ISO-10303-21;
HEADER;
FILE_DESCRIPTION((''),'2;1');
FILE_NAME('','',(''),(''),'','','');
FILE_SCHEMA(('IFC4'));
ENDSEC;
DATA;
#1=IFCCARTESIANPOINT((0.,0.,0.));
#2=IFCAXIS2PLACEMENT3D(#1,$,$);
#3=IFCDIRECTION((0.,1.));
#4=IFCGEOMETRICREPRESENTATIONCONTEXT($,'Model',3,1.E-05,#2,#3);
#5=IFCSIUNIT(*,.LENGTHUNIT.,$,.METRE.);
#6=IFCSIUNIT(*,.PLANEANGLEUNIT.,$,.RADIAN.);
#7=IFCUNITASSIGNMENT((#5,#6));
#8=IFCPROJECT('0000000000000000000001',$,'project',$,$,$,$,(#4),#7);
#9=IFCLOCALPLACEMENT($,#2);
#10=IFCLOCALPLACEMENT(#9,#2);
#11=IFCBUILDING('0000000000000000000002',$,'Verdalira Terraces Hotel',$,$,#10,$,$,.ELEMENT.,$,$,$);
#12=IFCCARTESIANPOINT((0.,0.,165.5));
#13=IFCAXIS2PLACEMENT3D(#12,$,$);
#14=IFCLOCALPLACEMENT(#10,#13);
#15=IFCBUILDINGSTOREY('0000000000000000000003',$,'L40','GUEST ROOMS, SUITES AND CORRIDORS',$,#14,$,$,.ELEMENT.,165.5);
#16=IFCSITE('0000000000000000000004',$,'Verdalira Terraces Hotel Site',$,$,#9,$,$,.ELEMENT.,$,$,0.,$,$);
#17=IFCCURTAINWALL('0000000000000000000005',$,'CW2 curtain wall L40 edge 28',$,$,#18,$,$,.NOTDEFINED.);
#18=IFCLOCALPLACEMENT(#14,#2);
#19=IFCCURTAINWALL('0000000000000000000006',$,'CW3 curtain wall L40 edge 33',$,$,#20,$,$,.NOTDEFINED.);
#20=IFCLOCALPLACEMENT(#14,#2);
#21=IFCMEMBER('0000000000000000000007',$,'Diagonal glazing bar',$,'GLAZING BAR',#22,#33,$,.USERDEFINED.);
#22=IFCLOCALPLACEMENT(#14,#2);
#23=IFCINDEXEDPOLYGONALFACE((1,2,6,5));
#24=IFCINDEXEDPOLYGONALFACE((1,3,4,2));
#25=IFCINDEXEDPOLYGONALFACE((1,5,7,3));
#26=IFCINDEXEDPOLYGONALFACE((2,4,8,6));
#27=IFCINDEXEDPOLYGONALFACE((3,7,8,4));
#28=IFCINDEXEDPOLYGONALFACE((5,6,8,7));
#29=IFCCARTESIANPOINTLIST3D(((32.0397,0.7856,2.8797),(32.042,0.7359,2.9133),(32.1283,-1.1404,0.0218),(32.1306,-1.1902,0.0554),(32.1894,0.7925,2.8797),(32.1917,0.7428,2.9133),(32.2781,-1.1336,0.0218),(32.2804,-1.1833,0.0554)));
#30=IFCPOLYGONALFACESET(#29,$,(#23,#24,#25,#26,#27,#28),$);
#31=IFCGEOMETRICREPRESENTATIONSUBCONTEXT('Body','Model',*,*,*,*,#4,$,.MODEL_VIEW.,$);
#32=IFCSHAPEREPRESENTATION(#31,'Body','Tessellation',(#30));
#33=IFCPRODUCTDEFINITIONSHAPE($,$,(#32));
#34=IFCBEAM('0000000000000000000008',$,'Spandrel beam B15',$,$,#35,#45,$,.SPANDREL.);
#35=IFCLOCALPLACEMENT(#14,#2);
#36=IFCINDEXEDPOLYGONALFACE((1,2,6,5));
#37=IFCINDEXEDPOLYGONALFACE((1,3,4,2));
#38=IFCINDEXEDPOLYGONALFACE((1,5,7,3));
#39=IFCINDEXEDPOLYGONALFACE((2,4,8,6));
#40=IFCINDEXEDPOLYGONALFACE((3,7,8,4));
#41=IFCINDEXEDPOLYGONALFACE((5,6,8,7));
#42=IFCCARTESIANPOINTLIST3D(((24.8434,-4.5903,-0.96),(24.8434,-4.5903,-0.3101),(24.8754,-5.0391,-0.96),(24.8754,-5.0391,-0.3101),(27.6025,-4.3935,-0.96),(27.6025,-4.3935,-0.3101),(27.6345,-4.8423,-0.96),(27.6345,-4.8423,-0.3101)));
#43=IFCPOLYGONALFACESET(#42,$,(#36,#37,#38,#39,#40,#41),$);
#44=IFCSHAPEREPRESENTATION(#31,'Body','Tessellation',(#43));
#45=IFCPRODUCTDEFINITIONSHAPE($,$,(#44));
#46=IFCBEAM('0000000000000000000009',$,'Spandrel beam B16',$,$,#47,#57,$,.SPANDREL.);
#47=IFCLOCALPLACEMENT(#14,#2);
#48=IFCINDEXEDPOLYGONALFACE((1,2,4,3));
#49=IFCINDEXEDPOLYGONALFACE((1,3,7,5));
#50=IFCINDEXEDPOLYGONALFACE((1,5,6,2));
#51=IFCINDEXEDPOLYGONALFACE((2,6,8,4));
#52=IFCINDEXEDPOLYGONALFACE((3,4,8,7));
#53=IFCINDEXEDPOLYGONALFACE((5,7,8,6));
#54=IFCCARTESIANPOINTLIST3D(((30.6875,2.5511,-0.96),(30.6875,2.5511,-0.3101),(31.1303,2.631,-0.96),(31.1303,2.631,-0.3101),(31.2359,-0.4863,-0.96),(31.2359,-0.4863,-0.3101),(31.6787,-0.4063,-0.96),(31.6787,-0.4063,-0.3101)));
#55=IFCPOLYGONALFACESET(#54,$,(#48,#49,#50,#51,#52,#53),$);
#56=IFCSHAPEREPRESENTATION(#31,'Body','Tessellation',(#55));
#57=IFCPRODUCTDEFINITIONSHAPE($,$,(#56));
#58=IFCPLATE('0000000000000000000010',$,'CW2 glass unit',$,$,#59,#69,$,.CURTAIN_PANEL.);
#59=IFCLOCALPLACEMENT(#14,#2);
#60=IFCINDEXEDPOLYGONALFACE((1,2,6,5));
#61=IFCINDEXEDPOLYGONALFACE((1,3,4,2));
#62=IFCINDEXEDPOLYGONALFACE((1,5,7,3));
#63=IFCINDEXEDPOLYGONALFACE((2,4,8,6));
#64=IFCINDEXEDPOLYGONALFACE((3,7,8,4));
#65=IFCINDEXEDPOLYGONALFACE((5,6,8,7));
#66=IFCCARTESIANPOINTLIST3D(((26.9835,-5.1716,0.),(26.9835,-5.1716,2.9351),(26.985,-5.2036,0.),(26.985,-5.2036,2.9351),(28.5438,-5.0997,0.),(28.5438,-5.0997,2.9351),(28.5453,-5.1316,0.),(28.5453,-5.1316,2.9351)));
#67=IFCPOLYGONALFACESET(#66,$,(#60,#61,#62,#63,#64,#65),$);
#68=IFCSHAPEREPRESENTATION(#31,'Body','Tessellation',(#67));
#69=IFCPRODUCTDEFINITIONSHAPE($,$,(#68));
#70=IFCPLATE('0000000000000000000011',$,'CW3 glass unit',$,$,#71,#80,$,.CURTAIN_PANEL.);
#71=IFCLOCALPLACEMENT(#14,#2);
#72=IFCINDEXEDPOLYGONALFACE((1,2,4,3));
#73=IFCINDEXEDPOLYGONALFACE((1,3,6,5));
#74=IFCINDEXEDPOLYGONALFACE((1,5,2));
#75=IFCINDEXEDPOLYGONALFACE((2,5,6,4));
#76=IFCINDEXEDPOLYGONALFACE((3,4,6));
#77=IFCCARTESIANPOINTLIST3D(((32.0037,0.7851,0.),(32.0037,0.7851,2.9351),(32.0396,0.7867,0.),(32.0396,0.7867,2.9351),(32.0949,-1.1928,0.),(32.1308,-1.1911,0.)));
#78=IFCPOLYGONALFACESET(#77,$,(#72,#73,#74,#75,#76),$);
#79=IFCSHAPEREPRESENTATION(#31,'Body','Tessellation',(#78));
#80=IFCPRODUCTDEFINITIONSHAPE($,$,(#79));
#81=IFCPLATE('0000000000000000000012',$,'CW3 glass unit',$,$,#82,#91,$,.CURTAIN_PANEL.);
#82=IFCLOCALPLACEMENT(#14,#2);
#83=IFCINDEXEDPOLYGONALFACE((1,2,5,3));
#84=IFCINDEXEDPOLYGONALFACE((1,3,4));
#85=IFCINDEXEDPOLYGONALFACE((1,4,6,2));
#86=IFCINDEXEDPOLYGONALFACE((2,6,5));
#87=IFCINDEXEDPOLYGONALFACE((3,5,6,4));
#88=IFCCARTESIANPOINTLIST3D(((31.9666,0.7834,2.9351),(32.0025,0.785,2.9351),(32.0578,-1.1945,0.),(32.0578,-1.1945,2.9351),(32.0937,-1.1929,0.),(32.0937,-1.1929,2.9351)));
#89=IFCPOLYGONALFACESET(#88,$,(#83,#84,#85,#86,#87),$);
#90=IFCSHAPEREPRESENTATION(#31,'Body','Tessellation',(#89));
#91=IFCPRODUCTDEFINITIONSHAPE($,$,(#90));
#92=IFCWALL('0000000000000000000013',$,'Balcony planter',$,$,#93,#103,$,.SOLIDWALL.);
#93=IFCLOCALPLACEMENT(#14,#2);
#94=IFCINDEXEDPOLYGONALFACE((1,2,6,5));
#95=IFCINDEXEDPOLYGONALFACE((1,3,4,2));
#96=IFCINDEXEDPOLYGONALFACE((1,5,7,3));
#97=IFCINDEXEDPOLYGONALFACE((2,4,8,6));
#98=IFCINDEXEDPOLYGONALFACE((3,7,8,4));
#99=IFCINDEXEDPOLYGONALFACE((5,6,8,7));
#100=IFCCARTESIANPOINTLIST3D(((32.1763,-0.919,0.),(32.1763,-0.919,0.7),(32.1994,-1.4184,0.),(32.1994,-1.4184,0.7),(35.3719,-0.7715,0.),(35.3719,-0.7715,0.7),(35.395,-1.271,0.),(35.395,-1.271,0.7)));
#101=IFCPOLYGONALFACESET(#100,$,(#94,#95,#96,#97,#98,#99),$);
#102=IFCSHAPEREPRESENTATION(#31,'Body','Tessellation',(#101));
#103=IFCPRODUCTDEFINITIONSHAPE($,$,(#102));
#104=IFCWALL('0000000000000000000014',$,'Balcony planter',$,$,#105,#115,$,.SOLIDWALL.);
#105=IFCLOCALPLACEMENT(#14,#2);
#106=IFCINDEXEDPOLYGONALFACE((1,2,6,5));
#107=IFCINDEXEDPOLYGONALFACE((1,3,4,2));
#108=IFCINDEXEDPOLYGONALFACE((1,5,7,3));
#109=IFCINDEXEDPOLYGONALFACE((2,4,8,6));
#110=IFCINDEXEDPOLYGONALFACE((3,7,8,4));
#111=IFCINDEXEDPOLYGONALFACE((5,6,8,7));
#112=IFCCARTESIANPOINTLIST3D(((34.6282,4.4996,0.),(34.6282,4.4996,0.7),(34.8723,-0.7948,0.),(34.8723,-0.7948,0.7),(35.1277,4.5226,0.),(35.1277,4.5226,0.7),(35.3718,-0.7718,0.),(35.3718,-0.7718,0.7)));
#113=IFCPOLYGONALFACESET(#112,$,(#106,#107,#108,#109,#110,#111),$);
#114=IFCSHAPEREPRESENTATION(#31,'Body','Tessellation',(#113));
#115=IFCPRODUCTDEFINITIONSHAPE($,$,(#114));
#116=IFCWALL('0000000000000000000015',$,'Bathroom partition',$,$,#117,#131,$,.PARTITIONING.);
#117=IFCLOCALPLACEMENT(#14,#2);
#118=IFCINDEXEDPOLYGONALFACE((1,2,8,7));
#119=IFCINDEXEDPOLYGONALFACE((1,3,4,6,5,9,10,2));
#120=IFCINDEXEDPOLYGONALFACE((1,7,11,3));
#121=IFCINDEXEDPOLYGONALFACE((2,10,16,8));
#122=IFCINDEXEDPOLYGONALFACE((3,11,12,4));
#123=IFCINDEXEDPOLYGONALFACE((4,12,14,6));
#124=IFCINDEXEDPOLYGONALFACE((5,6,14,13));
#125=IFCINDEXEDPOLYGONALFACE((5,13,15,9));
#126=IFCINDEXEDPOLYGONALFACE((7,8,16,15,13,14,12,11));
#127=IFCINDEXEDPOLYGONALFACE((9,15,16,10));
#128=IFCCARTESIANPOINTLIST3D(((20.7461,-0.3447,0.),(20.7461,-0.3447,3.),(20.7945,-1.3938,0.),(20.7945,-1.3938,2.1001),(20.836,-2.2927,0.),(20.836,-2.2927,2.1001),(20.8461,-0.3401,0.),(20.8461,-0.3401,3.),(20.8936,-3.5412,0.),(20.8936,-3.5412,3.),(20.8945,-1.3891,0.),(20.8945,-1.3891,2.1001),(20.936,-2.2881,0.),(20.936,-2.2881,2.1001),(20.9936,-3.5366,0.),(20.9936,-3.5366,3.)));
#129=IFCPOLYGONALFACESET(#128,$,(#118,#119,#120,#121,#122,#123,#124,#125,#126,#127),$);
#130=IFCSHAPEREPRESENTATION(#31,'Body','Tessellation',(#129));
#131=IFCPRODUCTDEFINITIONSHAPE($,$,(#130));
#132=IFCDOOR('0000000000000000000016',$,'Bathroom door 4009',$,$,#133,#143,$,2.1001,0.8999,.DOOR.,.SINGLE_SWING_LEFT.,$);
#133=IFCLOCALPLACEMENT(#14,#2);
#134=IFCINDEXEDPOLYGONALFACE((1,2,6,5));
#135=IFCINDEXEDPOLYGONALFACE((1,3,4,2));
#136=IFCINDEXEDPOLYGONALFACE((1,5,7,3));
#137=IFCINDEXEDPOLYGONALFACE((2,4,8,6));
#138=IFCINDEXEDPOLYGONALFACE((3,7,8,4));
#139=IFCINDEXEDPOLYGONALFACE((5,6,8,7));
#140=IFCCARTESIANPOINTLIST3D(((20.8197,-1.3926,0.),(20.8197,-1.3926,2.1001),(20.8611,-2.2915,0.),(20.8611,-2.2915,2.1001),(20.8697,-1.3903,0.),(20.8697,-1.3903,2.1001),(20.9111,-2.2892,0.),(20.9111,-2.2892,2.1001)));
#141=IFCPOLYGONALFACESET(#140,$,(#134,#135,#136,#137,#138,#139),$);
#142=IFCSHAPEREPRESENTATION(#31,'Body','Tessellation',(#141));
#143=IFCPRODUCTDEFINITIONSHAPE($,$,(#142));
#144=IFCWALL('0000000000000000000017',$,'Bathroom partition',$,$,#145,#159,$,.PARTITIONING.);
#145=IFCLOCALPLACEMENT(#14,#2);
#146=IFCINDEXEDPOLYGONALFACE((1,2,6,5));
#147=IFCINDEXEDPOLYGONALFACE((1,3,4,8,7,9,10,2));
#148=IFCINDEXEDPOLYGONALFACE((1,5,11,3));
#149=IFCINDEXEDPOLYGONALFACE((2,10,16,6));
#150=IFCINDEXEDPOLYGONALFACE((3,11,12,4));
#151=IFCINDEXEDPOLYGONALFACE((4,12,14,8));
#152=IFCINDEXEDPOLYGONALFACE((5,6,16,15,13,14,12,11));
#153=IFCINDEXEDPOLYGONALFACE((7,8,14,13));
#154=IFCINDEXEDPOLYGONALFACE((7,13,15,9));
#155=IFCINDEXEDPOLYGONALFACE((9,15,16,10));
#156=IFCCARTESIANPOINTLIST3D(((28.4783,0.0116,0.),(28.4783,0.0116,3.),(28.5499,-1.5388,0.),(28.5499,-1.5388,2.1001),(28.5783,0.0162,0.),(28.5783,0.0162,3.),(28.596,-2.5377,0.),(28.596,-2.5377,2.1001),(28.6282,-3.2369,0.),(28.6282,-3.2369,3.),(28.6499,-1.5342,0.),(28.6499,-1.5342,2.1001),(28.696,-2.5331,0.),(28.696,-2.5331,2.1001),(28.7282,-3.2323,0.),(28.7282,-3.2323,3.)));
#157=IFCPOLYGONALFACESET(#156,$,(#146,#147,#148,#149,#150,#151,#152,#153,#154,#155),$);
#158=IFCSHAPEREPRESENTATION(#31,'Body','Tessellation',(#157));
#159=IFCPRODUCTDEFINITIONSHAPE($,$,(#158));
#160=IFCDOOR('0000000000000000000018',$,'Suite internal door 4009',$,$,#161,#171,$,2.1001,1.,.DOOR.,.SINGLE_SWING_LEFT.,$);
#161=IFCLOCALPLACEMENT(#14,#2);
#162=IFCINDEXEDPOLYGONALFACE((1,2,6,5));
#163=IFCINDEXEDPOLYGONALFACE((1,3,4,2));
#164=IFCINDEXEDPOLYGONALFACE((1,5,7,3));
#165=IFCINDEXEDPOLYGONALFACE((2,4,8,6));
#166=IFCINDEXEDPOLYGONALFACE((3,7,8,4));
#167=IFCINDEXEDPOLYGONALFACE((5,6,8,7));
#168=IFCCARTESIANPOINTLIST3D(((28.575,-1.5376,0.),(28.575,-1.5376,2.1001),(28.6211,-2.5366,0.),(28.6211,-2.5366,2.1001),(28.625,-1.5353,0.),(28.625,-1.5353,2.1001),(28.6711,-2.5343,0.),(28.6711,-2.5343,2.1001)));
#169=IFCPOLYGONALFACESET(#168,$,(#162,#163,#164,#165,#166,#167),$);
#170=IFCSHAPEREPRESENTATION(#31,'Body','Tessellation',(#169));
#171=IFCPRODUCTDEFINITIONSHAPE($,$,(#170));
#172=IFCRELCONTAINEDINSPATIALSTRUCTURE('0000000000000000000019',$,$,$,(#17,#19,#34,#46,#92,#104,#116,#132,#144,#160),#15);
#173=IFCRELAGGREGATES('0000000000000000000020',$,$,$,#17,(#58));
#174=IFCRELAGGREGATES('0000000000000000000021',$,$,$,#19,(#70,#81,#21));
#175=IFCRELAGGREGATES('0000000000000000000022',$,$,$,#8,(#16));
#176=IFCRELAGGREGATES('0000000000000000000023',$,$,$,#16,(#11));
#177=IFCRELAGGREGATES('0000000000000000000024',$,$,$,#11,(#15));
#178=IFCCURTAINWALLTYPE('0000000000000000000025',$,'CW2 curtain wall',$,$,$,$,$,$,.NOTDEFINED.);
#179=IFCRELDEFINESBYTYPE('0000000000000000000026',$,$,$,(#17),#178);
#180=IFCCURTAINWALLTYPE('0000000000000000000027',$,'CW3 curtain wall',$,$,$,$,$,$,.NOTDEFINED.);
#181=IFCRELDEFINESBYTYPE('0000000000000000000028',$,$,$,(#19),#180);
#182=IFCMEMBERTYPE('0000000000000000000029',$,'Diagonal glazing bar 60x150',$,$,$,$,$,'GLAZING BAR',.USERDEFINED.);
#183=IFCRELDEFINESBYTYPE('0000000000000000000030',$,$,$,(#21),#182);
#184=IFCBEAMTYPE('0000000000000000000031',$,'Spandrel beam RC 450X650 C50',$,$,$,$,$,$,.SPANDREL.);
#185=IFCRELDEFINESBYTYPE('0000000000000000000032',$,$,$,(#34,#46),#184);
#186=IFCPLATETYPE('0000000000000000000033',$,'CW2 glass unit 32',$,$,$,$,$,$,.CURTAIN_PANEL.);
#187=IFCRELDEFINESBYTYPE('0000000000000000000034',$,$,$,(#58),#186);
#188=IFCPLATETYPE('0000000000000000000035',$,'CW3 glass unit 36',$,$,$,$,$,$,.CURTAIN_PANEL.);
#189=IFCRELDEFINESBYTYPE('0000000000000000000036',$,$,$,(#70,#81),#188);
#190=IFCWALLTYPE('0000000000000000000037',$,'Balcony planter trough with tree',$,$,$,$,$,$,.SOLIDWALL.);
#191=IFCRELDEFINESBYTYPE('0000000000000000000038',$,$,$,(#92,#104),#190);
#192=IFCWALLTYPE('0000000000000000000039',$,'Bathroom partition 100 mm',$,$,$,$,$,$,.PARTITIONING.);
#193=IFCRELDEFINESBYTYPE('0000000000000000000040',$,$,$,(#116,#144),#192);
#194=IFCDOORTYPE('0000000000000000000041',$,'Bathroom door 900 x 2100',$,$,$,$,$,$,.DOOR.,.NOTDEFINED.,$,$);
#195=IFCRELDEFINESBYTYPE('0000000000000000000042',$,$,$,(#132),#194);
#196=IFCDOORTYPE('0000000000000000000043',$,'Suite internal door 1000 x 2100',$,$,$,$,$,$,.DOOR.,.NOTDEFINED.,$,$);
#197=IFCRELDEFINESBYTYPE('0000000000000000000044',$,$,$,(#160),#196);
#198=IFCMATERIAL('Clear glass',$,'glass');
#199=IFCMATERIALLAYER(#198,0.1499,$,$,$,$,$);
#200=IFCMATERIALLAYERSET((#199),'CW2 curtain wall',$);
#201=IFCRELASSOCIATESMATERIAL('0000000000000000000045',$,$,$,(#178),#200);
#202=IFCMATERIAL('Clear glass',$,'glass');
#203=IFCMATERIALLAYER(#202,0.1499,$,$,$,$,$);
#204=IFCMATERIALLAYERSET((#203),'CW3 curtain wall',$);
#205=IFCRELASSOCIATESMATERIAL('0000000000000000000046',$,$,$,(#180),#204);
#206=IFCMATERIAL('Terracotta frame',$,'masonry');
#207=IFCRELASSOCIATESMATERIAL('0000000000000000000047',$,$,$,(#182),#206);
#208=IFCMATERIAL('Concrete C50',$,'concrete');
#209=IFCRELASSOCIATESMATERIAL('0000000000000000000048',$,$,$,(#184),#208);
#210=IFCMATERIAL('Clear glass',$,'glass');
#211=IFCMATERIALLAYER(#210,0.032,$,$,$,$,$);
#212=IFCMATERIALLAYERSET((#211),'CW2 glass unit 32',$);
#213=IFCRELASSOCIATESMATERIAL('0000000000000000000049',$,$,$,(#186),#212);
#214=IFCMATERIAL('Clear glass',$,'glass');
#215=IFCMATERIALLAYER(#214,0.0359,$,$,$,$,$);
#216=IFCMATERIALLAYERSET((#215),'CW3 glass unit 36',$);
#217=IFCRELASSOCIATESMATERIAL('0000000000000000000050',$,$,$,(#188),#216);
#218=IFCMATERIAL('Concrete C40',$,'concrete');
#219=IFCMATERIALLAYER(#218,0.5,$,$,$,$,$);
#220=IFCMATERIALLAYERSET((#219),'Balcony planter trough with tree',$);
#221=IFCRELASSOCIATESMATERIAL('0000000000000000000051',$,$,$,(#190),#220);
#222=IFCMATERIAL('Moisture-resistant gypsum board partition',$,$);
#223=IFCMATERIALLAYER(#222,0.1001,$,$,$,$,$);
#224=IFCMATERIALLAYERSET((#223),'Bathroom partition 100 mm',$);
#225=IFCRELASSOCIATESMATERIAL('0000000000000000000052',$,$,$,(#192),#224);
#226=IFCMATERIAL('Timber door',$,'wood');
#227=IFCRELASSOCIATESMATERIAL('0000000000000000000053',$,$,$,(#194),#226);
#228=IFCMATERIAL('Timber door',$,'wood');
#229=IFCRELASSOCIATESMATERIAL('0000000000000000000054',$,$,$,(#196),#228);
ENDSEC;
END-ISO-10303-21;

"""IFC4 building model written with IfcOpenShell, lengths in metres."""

from ifc_helpers import new_model, si_unit, direction, frame, frame_2d, origin, origin_2d, place, context, subcontext, project, spatial, polyline, rectangle, outline, extrude, material, layer, layer_set, material_profile, profile_set, type_object, element, fill, aggregate, save


model = new_model("IFC4")

# Units and contexts
model_context = context("Model", 3, precision=1e-05, world=origin(), true_north=direction((0.0, 1.0)))
body_context = subcontext(model_context, "Body", "Model", "MODEL_VIEW")
ifc_project = project(units=[si_unit("LENGTHUNIT", "METRE"), si_unit("PLANEANGLEUNIT", "RADIAN")], contexts=[model_context])

# Site, building, storey
site_placement = place(None, origin())
site = spatial("IfcSite", under=ifc_project, at=site_placement, Name="Verdalira Terraces Hotel Site", CompositionType="ELEMENT", RefElevation=0.0)
building_placement = place(site_placement, origin())
building = spatial("IfcBuilding", under=site, at=building_placement, Name="Verdalira Terraces Hotel", CompositionType="ELEMENT")
storey_placement = place(building_placement, frame((0.0, 0.0, 165.5)))
storey = spatial("IfcBuildingStorey", under=building, at=storey_placement, Name="L40", Description="GUEST ROOMS, SUITES AND CORRIDORS", CompositionType="ELEMENT", Elevation=165.5)

# Curtain wall
ifc_material_1 = material(Name="Clear glass", Category="glass")
ifc_layer_1 = layer(ifc_material_1, 0.1499)
ifc_layer_set_1 = layer_set([ifc_layer_1], Name="CW2 curtain wall")
curtain_wall_type_1 = type_object("IfcCurtainWallType", Name="CW2 curtain wall", PredefinedType="NOTDEFINED", material=ifc_layer_set_1)
curtain_wall_1_placement = place(storey_placement, origin())
curtain_wall_1 = element("IfcCurtainWall", 1, at=curtain_wall_1_placement, inside=storey, type_object=curtain_wall_type_1, Name="CW2 curtain wall L40 edge 28", PredefinedType="NOTDEFINED")

# Curtain wall, member
ifc_material_2 = material(Name="Clear glass", Category="glass")
ifc_layer_2 = layer(ifc_material_2, 0.1499)
ifc_layer_set_2 = layer_set([ifc_layer_2], Name="CW3 curtain wall")
curtain_wall_type_2 = type_object("IfcCurtainWallType", Name="CW3 curtain wall", PredefinedType="NOTDEFINED", material=ifc_layer_set_2)
curtain_wall_2_placement = place(storey_placement, origin())
curtain_wall_2 = element("IfcCurtainWall", 2, at=curtain_wall_2_placement, inside=storey, type_object=curtain_wall_type_2, Name="CW3 curtain wall L40 edge 33", PredefinedType="NOTDEFINED")
ifc_material_3 = material(Name="Terracotta frame", Category="masonry")
ifc_material_profile_1 = material_profile(ifc_material_3, rectangle(XDim=0.1499, YDim=0.0601, at=origin_2d()), Name="GB 60x150")
ifc_profile_set_1 = profile_set([ifc_material_profile_1], Name="Terracotta frame")
member_type_1 = type_object("IfcMemberType", Name="Diagonal glazing bar 60x150", ElementType="GLAZING BAR", PredefinedType="USERDEFINED", material=ifc_profile_set_1)
member_1_placement = place(storey_placement, frame((32.2043, -1.1619, 0.0386), z_axis=(-0.025707, 0.558677, 0.828987), x_axis=(-0.998943, -0.045965, 0.0)))
member_1 = element("IfcMember", 3, at=member_1_placement, type_object=member_type_1, Name="Diagonal glazing bar", ObjectType="GLAZING BAR", PredefinedType="USERDEFINED", context=body_context, shape_type="SweptSolid", body=[
    extrude(rectangle(XDim=0.1499, YDim=0.0601, at=origin_2d()), origin(), (0.0, 0.0, 1.0), 3.4475),
])

# Beams
ifc_material_4 = material(Name="Concrete C50", Category="concrete")
ifc_material_profile_2 = material_profile(ifc_material_4, rectangle(XDim=0.45, YDim=0.6499, at=origin_2d()), Name="RC 450X650")
ifc_profile_set_2 = profile_set([ifc_material_profile_2], Name="Concrete C50")
beam_type_1 = type_object("IfcBeamType", Name="Spandrel beam RC 450X650 C50", PredefinedType="SPANDREL", material=ifc_profile_set_2)
beam_1_placement = place(storey_placement, frame((24.8594, -4.8147, -0.635), z_axis=(0.997466, 0.07114, 0.0), x_axis=(-0.07114, 0.997466, 0.0)))
element("IfcBeam", 4, at=beam_1_placement, inside=storey, type_object=beam_type_1, Name="Spandrel beam B15", PredefinedType="SPANDREL", context=body_context, shape_type="SweptSolid", body=[
    extrude(rectangle(XDim=0.45, YDim=0.6499, at=origin_2d()), origin(), (0.0, 0.0, 1.0), 2.7661),
])
beam_2_placement = place(storey_placement, frame((31.4573, -0.4463, -0.635), z_axis=(-0.17766, 0.984092, 0.0), x_axis=(-0.984092, -0.17766, 0.0)))
element("IfcBeam", 5, at=beam_2_placement, inside=storey, type_object=beam_type_1, Name="Spandrel beam B16", PredefinedType="SPANDREL", context=body_context, shape_type="SweptSolid", body=[
    extrude(rectangle(XDim=0.45, YDim=0.6499, at=origin_2d()), origin(), (0.0, 0.0, 1.0), 3.0864),
])

# Plates
ifc_material_5 = material(Name="Clear glass", Category="glass")
ifc_layer_3 = layer(ifc_material_5, 0.032)
ifc_layer_set_3 = layer_set([ifc_layer_3], Name="CW2 glass unit 32")
plate_type_1 = type_object("IfcPlateType", Name="CW2 glass unit 32", PredefinedType="CURTAIN_PANEL", material=ifc_layer_set_3)
plate_1_placement = place(storey_placement, frame((27.7644, -5.1516, 0.0), z_axis=(0.0, 0.0, 1.0), x_axis=(0.998939, 0.04606, 0.0)))
plate_1 = element("IfcPlate", 6, at=plate_1_placement, type_object=plate_type_1, Name="CW2 glass unit", PredefinedType="CURTAIN_PANEL", context=body_context, shape_type="SweptSolid", body=[
    extrude(rectangle(XDim=1.562, YDim=0.032, at=origin_2d()), origin(), (0.0, 0.0, 1.0), 2.9351),
])
aggregate(curtain_wall_1, [plate_1])
ifc_material_6 = material(Name="Clear glass", Category="glass")
ifc_layer_4 = layer(ifc_material_6, 0.0359)
ifc_layer_set_4 = layer_set([ifc_layer_4], Name="CW3 glass unit 36")
plate_type_2 = type_object("IfcPlateType", Name="CW3 glass unit 36", PredefinedType="CURTAIN_PANEL", material=ifc_layer_set_4)
plate_2_placement = place(storey_placement, frame((32.0493, -0.2039, 1.4675), z_axis=(0.998939, 0.04606, 0.0), x_axis=(-0.04606, 0.998939, 0.0)))
plate_2 = element("IfcPlate", 7, at=plate_2_placement, type_object=plate_type_2, Name="CW3 glass unit", PredefinedType="CURTAIN_PANEL", context=body_context, shape_type="SweptSolid", body=[
    extrude(outline(polyline([(-0.99, -1.4675), (0.99, -1.4675), (0.99, 1.4675), (-0.99, -1.4675)])), origin(), (0.0, 0.0, 1.0), 0.0359),
])
plate_3_placement = place(storey_placement, frame((32.0122, -0.2056, 1.4675), z_axis=(0.998939, 0.04606, 0.0), x_axis=(-0.04606, 0.998939, 0.0)))
plate_3 = element("IfcPlate", 8, at=plate_3_placement, type_object=plate_type_2, Name="CW3 glass unit", PredefinedType="CURTAIN_PANEL", context=body_context, shape_type="SweptSolid", body=[
    extrude(outline(polyline([(-0.99, -1.4675), (0.99, 1.4675), (-0.99, 1.4675), (-0.99, -1.4675)])), origin(), (0.0, 0.0, 1.0), 0.0359),
])
aggregate(curtain_wall_2, [plate_2, plate_3, member_1])

# Walls
ifc_material_7 = material(Name="Concrete C40", Category="concrete")
ifc_layer_5 = layer(ifc_material_7, 0.5)
ifc_layer_set_5 = layer_set([ifc_layer_5], Name="Balcony planter trough with tree")
wall_type_1 = type_object("IfcWallType", Name="Balcony planter trough with tree", PredefinedType="SOLIDWALL", material=ifc_layer_set_5)
wall_1_placement = place(storey_placement, frame((32.1877, -1.1687, 0.0), z_axis=(0.0, 0.0, 1.0), x_axis=(0.998937, 0.046097, 0.0)))
element("IfcWall", 9, at=wall_1_placement, inside=storey, type_object=wall_type_1, Name="Balcony planter", PredefinedType="SOLIDWALL", context=body_context, shape_type="SweptSolid", body=[
    extrude(rectangle(XDim=3.199, YDim=0.5, at=frame_2d((1.5996, 0.0))), origin(), (0.0, 0.0, 1.0), 0.7),
])
wall_2_placement = place(storey_placement, frame((35.1221, -0.7832, 0.0), z_axis=(0.0, 0.0, 1.0), x_axis=(-0.046064, 0.998939, 0.0)))
element("IfcWall", 10, at=wall_2_placement, inside=storey, type_object=wall_type_1, Name="Balcony planter", PredefinedType="SOLIDWALL", context=body_context, shape_type="SweptSolid", body=[
    extrude(rectangle(XDim=5.3, YDim=0.5, at=frame_2d((2.6499, 0.0))), origin(), (0.0, 0.0, 1.0), 0.7),
])

# Walls, openings, doors
ifc_material_8 = material(Name="Moisture-resistant gypsum board partition")
ifc_layer_6 = layer(ifc_material_8, 0.1001)
ifc_layer_set_6 = layer_set([ifc_layer_6], Name="Bathroom partition 100 mm")
wall_type_2 = type_object("IfcWallType", Name="Bathroom partition 100 mm", PredefinedType="PARTITIONING", material=ifc_layer_set_6)
wall_3_placement = place(storey_placement, frame((20.9436, -3.5391, 0.0), z_axis=(0.0, 0.0, 1.0), x_axis=(-0.046083, 0.998938, 0.0)))
wall_3 = element("IfcWall", 11, at=wall_3_placement, inside=storey, type_object=wall_type_2, Name="Bathroom partition", PredefinedType="PARTITIONING", context=body_context, shape_type="SweptSolid", body=[
    extrude(rectangle(XDim=3.2, YDim=0.1001, at=frame_2d((1.6001, 0.0))), origin(), (0.0, 0.0, 1.0), 3.0),
])
opening_1_placement = place(wall_3_placement, frame((1.25, 0.0, 0.0)))
opening_1 = element("IfcOpeningElement", 12, at=opening_1_placement, cuts=wall_3, PredefinedType="OPENING", context=body_context, shape_type="SweptSolid", body=[
    extrude(rectangle(XDim=0.8999, YDim=2.1001, at=frame_2d((0.45, 1.05))), frame((0.0, 0.0601, 0.0), z_axis=(0.0, -1.0, 0.0), x_axis=(1.0, 0.0, 0.0)), (0.0, 0.0, 1.0), 0.1201),
])
ifc_material_9 = material(Name="Timber door", Category="wood")
door_type_1 = type_object("IfcDoorType", Name="Bathroom door 900 x 2100", OperationType="NOTDEFINED", PredefinedType="DOOR", material=ifc_material_9)
door_1_placement = place(opening_1_placement, origin())
door_1 = element("IfcDoor", 13, at=door_1_placement, inside=storey, type_object=door_type_1, Name="Bathroom door 4009", OperationType="SINGLE_SWING_LEFT", OverallHeight=2.1001, OverallWidth=0.8999, PredefinedType="DOOR", context=body_context, shape_type="SweptSolid", body=[
    extrude(rectangle(XDim=0.8999, YDim=2.1001, at=frame_2d((0.45, 1.05))), frame((0.0, 0.0249, 0.0), z_axis=(0.0, -1.0, 0.0), x_axis=(1.0, 0.0, 0.0)), (0.0, 0.0, 1.0), 0.05),
])
fill(opening_1, door_1)
wall_4_placement = place(storey_placement, frame((28.6782, -3.2346, 0.0), z_axis=(0.0, 0.0, 1.0), x_axis=(-0.046096, 0.998937, 0.0)))
wall_4 = element("IfcWall", 14, at=wall_4_placement, inside=storey, type_object=wall_type_2, Name="Bathroom partition", PredefinedType="PARTITIONING", context=body_context, shape_type="SweptSolid", body=[
    extrude(rectangle(XDim=3.252, YDim=0.1001, at=frame_2d((1.626, 0.0))), origin(), (0.0, 0.0, 1.0), 3.0),
])
opening_2_placement = place(wall_4_placement, frame((0.7, 0.0, 0.0)))
opening_2 = element("IfcOpeningElement", 15, at=opening_2_placement, cuts=wall_4, PredefinedType="OPENING", context=body_context, shape_type="SweptSolid", body=[
    extrude(rectangle(XDim=1.0, YDim=2.1001, at=frame_2d((0.5, 1.05))), frame((0.0, 0.0601, 0.0), z_axis=(0.0, -1.0, 0.0), x_axis=(1.0, 0.0, 0.0)), (0.0, 0.0, 1.0), 0.1201),
])
ifc_material_10 = material(Name="Timber door", Category="wood")
door_type_2 = type_object("IfcDoorType", Name="Suite internal door 1000 x 2100", OperationType="NOTDEFINED", PredefinedType="DOOR", material=ifc_material_10)
door_2_placement = place(opening_2_placement, origin())
door_2 = element("IfcDoor", 16, at=door_2_placement, inside=storey, type_object=door_type_2, Name="Suite internal door 4009", OperationType="SINGLE_SWING_LEFT", OverallHeight=2.1001, OverallWidth=1.0, PredefinedType="DOOR", context=body_context, shape_type="SweptSolid", body=[
    extrude(rectangle(XDim=1.0, YDim=2.1001, at=frame_2d((0.5, 1.05))), frame((0.0, 0.0249, 0.0), z_axis=(0.0, -1.0, 0.0), x_axis=(1.0, 0.0, 0.0)), (0.0, 0.0, 1.0), 0.05),
])
fill(opening_2, door_2)

save(model, "model.ifc")
